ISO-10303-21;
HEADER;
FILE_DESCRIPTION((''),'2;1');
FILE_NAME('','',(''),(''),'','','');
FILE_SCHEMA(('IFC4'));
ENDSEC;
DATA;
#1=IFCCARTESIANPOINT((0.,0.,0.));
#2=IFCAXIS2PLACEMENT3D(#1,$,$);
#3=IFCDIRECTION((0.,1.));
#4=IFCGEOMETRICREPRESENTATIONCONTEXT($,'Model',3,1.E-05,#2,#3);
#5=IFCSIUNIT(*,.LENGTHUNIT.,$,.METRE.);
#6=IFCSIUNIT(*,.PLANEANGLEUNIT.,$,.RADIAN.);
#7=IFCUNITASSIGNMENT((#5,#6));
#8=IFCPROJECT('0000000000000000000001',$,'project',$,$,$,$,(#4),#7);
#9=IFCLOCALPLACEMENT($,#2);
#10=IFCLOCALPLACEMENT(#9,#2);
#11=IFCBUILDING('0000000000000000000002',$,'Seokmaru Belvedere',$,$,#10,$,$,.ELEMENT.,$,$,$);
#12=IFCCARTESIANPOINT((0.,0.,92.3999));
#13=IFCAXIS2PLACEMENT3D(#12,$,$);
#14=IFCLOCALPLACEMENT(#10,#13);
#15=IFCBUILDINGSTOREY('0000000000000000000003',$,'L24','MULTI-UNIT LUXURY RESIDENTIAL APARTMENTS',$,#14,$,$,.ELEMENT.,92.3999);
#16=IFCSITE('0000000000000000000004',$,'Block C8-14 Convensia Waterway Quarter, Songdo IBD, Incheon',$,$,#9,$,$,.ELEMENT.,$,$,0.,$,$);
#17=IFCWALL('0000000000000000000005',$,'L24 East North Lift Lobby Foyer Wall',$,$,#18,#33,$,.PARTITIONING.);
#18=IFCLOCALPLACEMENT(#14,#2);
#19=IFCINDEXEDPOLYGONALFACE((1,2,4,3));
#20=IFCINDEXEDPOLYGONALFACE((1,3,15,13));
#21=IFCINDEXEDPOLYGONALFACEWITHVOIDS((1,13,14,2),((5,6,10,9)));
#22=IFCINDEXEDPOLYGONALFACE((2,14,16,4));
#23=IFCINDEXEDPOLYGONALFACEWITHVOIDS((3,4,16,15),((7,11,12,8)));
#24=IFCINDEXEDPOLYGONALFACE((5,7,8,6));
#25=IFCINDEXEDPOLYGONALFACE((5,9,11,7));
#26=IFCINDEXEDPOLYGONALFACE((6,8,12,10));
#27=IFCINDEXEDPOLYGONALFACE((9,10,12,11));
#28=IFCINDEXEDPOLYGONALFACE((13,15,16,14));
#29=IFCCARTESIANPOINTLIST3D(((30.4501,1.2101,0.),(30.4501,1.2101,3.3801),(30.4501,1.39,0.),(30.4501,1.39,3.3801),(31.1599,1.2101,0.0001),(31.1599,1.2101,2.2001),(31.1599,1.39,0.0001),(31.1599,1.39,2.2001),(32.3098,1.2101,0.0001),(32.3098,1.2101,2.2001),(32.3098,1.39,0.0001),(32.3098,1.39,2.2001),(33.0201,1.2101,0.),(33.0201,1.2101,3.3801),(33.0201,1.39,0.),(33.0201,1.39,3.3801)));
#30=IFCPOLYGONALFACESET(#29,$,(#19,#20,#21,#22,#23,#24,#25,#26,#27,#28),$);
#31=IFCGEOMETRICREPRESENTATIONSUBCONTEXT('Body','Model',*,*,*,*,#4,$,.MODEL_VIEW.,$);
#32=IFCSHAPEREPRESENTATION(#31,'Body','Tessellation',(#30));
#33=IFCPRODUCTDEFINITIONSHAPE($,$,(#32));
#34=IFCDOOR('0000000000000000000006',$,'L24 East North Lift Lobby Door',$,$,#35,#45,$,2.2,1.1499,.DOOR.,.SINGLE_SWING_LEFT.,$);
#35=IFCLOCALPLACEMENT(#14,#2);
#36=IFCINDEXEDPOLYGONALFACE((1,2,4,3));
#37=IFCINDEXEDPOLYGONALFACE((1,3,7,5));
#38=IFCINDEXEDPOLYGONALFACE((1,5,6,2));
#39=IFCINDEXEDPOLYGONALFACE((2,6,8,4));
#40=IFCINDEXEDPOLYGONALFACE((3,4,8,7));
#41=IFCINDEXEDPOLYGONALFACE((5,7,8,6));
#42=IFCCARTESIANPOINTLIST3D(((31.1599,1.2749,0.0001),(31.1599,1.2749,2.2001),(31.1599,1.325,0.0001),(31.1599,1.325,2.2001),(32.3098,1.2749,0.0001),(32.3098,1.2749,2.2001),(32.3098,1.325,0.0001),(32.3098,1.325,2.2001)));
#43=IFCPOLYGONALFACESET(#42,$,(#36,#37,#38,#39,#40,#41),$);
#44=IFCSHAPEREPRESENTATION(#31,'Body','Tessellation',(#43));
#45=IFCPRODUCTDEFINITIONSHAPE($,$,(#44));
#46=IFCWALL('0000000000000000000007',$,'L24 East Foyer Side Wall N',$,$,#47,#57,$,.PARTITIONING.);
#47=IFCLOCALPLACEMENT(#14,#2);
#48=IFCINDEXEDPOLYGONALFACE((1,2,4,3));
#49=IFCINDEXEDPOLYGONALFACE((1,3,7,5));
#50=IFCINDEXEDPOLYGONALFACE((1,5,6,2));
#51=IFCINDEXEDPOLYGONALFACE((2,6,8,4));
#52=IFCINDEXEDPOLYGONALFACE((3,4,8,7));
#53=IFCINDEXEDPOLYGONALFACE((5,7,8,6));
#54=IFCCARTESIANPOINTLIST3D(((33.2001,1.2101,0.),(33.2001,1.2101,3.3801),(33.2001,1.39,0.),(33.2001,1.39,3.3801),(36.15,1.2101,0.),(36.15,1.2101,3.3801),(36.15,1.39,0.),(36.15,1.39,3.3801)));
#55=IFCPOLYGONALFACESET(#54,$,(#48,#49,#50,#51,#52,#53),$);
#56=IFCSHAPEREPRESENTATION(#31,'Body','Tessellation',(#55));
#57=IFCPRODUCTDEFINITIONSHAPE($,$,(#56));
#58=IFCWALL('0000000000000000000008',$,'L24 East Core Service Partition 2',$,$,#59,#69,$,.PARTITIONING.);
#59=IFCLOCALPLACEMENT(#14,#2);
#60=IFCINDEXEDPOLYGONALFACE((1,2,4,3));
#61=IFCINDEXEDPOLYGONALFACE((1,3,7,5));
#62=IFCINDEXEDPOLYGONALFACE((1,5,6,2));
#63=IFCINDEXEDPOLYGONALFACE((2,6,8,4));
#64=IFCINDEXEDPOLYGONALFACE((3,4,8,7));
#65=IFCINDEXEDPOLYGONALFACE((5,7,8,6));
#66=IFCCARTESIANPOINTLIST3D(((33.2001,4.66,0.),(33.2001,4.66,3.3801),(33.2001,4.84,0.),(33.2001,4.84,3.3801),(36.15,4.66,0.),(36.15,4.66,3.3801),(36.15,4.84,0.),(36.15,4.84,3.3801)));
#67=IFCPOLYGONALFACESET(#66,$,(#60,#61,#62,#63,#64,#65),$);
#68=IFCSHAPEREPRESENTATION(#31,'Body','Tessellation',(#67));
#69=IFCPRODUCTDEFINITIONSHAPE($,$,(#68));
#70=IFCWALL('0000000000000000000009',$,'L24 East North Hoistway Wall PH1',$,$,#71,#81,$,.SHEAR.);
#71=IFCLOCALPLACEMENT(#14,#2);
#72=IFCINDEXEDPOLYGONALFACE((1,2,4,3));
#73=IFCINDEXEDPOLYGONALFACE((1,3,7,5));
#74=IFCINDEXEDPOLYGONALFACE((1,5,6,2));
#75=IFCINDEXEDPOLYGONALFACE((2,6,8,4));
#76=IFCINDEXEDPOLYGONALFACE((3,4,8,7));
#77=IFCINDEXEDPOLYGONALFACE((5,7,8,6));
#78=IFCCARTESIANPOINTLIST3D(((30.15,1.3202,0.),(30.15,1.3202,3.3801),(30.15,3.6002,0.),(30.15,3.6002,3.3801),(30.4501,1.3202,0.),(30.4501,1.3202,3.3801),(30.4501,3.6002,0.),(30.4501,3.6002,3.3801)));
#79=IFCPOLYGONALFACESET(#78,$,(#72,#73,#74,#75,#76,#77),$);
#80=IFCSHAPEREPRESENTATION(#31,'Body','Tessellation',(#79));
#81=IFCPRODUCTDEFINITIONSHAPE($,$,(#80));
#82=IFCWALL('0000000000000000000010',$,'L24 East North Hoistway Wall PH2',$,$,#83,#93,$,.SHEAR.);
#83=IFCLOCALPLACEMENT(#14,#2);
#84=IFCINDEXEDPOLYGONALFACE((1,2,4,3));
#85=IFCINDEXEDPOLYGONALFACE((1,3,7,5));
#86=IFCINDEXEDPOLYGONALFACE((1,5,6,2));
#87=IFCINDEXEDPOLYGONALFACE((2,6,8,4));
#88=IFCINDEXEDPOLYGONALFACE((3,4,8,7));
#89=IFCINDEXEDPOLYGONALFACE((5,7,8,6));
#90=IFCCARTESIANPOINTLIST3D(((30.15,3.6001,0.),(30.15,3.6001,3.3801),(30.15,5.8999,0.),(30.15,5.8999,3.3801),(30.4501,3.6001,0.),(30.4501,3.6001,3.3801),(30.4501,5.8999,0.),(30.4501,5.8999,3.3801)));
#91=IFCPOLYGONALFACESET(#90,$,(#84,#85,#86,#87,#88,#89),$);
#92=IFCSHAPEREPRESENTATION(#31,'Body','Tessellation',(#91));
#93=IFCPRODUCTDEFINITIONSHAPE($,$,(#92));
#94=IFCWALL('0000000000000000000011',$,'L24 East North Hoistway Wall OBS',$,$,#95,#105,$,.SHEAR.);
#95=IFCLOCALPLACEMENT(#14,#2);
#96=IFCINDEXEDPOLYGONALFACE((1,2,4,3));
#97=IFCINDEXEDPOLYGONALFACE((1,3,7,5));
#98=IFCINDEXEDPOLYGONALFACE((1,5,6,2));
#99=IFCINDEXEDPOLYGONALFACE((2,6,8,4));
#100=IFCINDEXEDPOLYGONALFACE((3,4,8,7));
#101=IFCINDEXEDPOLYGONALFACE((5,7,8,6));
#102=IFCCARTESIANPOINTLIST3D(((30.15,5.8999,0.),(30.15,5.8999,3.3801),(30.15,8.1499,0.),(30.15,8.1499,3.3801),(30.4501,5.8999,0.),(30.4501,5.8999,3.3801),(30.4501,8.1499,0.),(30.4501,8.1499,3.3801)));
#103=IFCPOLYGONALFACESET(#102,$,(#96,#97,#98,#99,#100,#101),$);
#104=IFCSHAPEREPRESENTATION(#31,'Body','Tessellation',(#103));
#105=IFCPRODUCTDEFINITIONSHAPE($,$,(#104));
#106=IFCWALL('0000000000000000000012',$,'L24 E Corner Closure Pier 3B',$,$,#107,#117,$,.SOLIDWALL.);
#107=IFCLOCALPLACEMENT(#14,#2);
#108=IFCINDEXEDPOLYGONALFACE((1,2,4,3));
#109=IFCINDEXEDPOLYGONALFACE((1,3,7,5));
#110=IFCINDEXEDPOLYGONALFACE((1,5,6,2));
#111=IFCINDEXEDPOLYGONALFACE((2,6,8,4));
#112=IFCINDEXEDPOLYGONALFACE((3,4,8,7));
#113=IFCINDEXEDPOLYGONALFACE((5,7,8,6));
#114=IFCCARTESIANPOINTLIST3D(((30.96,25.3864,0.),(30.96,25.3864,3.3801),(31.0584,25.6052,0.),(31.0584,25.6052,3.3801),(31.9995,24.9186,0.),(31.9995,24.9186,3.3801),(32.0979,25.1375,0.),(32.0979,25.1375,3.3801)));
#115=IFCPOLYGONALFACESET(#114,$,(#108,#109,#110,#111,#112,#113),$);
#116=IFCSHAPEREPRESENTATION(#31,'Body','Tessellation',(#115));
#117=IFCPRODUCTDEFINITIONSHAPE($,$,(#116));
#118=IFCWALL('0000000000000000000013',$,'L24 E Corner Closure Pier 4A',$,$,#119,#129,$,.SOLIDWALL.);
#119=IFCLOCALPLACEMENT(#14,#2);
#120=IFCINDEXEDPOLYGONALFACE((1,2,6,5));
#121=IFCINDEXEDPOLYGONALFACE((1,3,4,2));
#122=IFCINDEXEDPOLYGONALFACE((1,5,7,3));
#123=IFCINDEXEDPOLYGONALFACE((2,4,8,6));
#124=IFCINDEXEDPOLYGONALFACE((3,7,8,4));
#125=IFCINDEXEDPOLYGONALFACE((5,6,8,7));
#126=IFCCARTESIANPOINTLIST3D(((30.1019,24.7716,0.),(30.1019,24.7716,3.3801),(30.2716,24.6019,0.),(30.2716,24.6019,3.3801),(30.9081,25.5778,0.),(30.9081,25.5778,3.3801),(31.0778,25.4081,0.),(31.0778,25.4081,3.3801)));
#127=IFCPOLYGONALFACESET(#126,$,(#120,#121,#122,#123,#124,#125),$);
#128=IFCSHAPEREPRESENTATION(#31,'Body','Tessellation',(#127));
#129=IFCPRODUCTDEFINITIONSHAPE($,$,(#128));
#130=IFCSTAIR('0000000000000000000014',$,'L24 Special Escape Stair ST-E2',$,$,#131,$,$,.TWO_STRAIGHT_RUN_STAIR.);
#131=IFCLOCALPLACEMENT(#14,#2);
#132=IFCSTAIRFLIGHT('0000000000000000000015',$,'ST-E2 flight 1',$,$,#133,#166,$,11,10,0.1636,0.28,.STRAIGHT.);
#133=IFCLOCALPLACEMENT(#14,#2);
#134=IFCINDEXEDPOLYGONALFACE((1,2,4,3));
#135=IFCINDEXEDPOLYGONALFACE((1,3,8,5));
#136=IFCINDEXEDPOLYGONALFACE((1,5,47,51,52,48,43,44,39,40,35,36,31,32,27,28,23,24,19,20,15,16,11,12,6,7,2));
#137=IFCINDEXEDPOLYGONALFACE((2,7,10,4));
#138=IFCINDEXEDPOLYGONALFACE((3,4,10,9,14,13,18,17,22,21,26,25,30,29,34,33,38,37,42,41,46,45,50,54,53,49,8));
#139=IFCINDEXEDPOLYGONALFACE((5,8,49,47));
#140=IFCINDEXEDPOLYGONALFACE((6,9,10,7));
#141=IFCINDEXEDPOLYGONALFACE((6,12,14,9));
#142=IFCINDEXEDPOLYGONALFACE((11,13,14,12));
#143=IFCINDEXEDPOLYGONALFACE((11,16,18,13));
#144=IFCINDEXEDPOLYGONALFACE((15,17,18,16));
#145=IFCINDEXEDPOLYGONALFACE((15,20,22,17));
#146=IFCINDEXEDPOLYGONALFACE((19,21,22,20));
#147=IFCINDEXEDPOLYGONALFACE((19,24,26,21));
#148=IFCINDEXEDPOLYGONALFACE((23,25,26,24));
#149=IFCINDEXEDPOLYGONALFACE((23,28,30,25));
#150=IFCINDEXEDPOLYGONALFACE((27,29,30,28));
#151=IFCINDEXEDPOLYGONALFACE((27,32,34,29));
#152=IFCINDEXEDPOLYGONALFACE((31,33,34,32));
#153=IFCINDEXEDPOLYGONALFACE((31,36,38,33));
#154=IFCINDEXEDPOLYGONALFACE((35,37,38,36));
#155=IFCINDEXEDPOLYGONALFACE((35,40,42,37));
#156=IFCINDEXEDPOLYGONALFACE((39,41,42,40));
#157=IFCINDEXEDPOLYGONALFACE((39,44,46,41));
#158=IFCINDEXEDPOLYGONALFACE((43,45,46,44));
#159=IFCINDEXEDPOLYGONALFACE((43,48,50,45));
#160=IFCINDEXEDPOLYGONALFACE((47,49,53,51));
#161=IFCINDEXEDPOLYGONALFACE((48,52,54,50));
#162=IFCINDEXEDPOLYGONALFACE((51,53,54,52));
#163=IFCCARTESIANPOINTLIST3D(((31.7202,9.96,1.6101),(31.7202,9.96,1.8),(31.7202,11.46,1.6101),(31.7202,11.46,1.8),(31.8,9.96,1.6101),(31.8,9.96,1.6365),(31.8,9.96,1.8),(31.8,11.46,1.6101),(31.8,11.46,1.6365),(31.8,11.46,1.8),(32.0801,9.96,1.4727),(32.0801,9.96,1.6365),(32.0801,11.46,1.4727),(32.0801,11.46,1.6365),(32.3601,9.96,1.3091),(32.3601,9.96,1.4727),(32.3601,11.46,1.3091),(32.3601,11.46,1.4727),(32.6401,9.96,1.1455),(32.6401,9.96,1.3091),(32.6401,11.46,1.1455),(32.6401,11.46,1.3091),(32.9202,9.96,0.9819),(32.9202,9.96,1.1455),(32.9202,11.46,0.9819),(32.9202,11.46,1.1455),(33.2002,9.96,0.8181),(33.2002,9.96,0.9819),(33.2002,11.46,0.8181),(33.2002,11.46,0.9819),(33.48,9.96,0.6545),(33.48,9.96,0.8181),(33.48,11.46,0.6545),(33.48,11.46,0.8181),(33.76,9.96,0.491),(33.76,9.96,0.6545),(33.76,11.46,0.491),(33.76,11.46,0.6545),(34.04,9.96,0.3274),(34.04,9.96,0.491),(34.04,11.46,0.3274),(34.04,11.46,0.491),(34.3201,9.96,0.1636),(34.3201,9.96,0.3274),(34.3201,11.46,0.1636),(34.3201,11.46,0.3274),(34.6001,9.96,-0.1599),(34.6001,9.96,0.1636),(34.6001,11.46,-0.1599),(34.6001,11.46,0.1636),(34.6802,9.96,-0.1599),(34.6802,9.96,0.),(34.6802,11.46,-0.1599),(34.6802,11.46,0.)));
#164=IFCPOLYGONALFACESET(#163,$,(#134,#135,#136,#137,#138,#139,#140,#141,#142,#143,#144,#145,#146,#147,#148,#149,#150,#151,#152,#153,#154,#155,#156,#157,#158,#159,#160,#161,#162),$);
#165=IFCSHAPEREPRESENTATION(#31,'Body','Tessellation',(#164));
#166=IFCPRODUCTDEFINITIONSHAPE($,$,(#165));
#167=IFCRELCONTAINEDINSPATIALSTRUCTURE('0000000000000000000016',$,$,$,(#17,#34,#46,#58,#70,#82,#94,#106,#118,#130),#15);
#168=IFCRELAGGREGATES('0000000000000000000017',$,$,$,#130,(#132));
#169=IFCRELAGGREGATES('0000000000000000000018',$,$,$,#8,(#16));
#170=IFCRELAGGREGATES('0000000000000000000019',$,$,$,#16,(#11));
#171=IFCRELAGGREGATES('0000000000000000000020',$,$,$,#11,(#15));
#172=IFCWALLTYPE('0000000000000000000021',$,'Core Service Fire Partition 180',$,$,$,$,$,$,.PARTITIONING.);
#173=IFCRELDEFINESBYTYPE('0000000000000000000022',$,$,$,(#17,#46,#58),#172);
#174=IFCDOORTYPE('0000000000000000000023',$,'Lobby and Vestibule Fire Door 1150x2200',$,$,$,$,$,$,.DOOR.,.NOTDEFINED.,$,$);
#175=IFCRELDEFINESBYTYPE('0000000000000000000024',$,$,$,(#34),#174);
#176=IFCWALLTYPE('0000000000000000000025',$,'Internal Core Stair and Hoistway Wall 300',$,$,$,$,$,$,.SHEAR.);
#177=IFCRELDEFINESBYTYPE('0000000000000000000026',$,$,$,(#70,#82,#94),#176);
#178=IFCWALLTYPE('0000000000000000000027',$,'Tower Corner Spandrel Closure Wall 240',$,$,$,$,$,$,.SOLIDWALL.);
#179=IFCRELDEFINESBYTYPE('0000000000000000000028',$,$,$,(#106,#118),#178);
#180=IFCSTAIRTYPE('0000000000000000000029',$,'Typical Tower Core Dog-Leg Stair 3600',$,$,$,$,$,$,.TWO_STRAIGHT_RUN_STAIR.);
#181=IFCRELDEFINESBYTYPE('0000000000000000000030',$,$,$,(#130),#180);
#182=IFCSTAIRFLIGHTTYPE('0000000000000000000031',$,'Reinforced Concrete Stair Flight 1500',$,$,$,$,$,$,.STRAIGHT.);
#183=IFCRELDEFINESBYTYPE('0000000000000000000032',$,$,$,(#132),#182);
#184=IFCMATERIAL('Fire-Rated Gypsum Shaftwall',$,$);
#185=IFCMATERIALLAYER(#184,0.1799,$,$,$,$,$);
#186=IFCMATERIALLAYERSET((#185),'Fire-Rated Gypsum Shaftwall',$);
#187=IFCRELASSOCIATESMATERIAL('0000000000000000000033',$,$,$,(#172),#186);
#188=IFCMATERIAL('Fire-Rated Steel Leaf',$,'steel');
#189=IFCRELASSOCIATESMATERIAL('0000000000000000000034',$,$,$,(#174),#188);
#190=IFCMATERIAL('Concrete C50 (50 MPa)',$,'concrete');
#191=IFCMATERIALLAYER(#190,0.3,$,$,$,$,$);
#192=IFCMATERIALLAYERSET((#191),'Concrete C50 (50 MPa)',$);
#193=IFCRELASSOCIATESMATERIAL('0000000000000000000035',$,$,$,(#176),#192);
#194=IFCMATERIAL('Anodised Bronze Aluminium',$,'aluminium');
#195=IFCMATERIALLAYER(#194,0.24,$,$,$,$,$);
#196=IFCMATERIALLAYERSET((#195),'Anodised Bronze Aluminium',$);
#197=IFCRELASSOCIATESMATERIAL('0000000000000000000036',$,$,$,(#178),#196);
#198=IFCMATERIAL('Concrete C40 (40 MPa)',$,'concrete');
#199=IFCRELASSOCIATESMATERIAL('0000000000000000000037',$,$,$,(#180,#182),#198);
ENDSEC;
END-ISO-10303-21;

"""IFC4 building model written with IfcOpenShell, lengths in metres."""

from ifc_helpers import new_model, si_unit, direction, frame, frame_2d, origin, place, context, subcontext, project, spatial, polyline, rectangle, outline, extrude, source, transform, mapped, material, layer, layer_set, type_object, type_shapes, element, fill, aggregate, save


model = new_model("IFC4")

# Units and contexts
model_context = context("Model", 3, precision=1e-05, world=origin(), true_north=direction((0.0, 1.0)))
body_context = subcontext(model_context, "Body", "Model", "MODEL_VIEW")
ifc_project = project(units=[si_unit("LENGTHUNIT", "METRE"), si_unit("PLANEANGLEUNIT", "RADIAN")], contexts=[model_context])

# Site, building, storey
site_placement = place(None, origin())
site = spatial("IfcSite", under=ifc_project, at=site_placement, Name="Block C8-14 Convensia Waterway Quarter, Songdo IBD, Incheon", CompositionType="ELEMENT", RefElevation=0.0)
building_placement = place(site_placement, origin())
building = spatial("IfcBuilding", under=site, at=building_placement, Name="Seokmaru Belvedere", CompositionType="ELEMENT")
storey_placement = place(building_placement, frame((0.0, 0.0, 92.3999)))
storey = spatial("IfcBuildingStorey", under=building, at=storey_placement, Name="L24", Description="MULTI-UNIT LUXURY RESIDENTIAL APARTMENTS", CompositionType="ELEMENT", Elevation=92.3999)

# Shared definitions
ifc_material_1 = material(Name="Anodised Bronze Aluminium", Category="aluminium")

# Shared definitions
ifc_material_2 = material(Name="Fire-Rated Gypsum Shaftwall")
ifc_layer_1 = layer(ifc_material_2, 0.1799)
ifc_layer_set_1 = layer_set([ifc_layer_1], Name="Fire-Rated Gypsum Shaftwall")
wall_type_1 = type_object("IfcWallType", Name="Core Service Fire Partition 180", PredefinedType="PARTITIONING", material=ifc_layer_set_1)

# Wall, opening, door
wall_1_placement = place(storey_placement, frame((30.45, 1.3, 0.0), z_axis=(0.0, 0.0, 1.0), x_axis=(1.0, 0.0, 0.0)))
wall_1 = element("IfcWall", 1, at=wall_1_placement, inside=storey, type_object=wall_type_1, Name="L24 East North Lift Lobby Foyer Wall", PredefinedType="PARTITIONING", context=body_context, shape_type="SweptSolid", body=[
    extrude(rectangle(XDim=2.5701, YDim=0.1799, at=frame_2d((1.2852, 0.0))), origin(), (0.0, 0.0, 1.0), 3.3801),
])
opening_1_placement = place(wall_1_placement, frame((0.71, 0.0, 0.0)))
opening_1 = element("IfcOpeningElement", 2, at=opening_1_placement, cuts=wall_1, PredefinedType="OPENING", context=body_context, shape_type="SweptSolid", body=[
    extrude(rectangle(XDim=1.1499, YDim=2.2, at=frame_2d((0.575, 1.1001))), frame((0.0, 0.1001, 0.0), z_axis=(0.0, -1.0, 0.0), x_axis=(1.0, 0.0, 0.0)), (0.0, 0.0, 1.0), 0.2),
])
ifc_material_3 = material(Name="Fire-Rated Steel Leaf", Category="steel")
door_type_1 = type_object("IfcDoorType", Name="Lobby and Vestibule Fire Door 1150x2200", OperationType="NOTDEFINED", PredefinedType="DOOR", material=ifc_material_3)
shared_shape_1 = source(origin(), body_context, "Body", "SweptSolid", [
    extrude(rectangle(XDim=1.1499, YDim=2.2, at=frame_2d((0.575, 1.1001))), frame((0.0, 0.0249, 0.0), z_axis=(0.0, -1.0, 0.0), x_axis=(1.0, 0.0, 0.0)), (0.0, 0.0, 1.0), 0.05),
])
type_shapes(door_type_1, [shared_shape_1])
door_1_placement = place(opening_1_placement, origin())
door_1 = element("IfcDoor", 3, at=door_1_placement, inside=storey, type_object=door_type_1, Name="L24 East North Lift Lobby Door", OperationType="SINGLE_SWING_LEFT", OverallHeight=2.2, OverallWidth=1.1499, PredefinedType="DOOR", context=body_context, shape_type="MappedRepresentation", body=[
    mapped(shared_shape_1, transform((0.0, 0.0, 0.0), scale=1.0)),
])
fill(opening_1, door_1)

# Walls
for number, where, z_axis, x_axis, name in (
    (4, (33.2, 1.3, 0.0), (0.0, 0.0, 1.0), (1.0, 0.0, 0.0), "L24 East Foyer Side Wall N"),
    (5, (33.2, 4.75, 0.0), (0.0, 0.0, 1.0), (1.0, 0.0, 0.0), "L24 East Core Service Partition 2"),
):
    element("IfcWall", number, at=place(storey_placement, frame(where, z_axis=z_axis, x_axis=x_axis)), inside=storey, type_object=wall_type_1, Name=name, PredefinedType="PARTITIONING", context=body_context, shape_type="SweptSolid", body=[
        extrude(rectangle(XDim=2.95, YDim=0.1799, at=frame_2d((1.4751, 0.0))), origin(), (0.0, 0.0, 1.0), 3.3801),
    ])
ifc_material_4 = material(Name="Concrete C50 (50 MPa)", Category="concrete")
ifc_layer_2 = layer(ifc_material_4, 0.3)
ifc_layer_set_2 = layer_set([ifc_layer_2], Name="Concrete C50 (50 MPa)")
wall_type_2 = type_object("IfcWallType", Name="Internal Core Stair and Hoistway Wall 300", PredefinedType="SHEAR", material=ifc_layer_set_2)
wall_2_placement = place(storey_placement, frame((30.3, 1.3201, 0.0), z_axis=(0.0, 0.0, 1.0), x_axis=(0.0, 1.0, 0.0)))
element("IfcWall", 6, at=wall_2_placement, inside=storey, type_object=wall_type_2, Name="L24 East North Hoistway Wall PH1", PredefinedType="SHEAR", context=body_context, shape_type="SweptSolid", body=[
    extrude(rectangle(XDim=2.28, YDim=0.3, at=frame_2d((1.1401, 0.0))), origin(), (0.0, 0.0, 1.0), 3.3801),
])
wall_3_placement = place(storey_placement, frame((30.3, 3.6001, 0.0), z_axis=(0.0, 0.0, 1.0), x_axis=(0.0, 1.0, 0.0)))
element("IfcWall", 7, at=wall_3_placement, inside=storey, type_object=wall_type_2, Name="L24 East North Hoistway Wall PH2", PredefinedType="SHEAR", context=body_context, shape_type="SweptSolid", body=[
    extrude(rectangle(XDim=2.2998, YDim=0.3, at=frame_2d((1.1499, 0.0))), origin(), (0.0, 0.0, 1.0), 3.3801),
])
wall_4_placement = place(storey_placement, frame((30.3, 5.8999, 0.0), z_axis=(0.0, 0.0, 1.0), x_axis=(0.0, 1.0, 0.0)))
element("IfcWall", 8, at=wall_4_placement, inside=storey, type_object=wall_type_2, Name="L24 East North Hoistway Wall OBS", PredefinedType="SHEAR", context=body_context, shape_type="SweptSolid", body=[
    extrude(rectangle(XDim=2.25, YDim=0.3, at=frame_2d((1.125, 0.0))), origin(), (0.0, 0.0, 1.0), 3.3801),
])

# Walls
ifc_layer_3 = layer(ifc_material_1, 0.24)
ifc_layer_set_3 = layer_set([ifc_layer_3], Name="Anodised Bronze Aluminium")
wall_type_3 = type_object("IfcWallType", Name="Tower Corner Spandrel Closure Wall 240", PredefinedType="SOLIDWALL", material=ifc_layer_set_3)
wall_5_placement = place(storey_placement, frame((32.0486, 25.0281, 0.0), z_axis=(0.0, 0.0, 1.0), x_axis=(-0.91193, 0.410347, 0.0)))
element("IfcWall", 9, at=wall_5_placement, inside=storey, type_object=wall_type_3, Name="L24 E Corner Closure Pier 3B", PredefinedType="SOLIDWALL", context=body_context, shape_type="SweptSolid", body=[
    extrude(rectangle(XDim=1.1399, YDim=0.24, at=frame_2d((0.5698, 0.0))), origin(), (0.0, 0.0, 1.0), 3.3801),
])
wall_6_placement = place(storey_placement, frame((30.9929, 25.4929, 0.0), z_axis=(0.0, 0.0, 1.0), x_axis=(-0.707107, -0.707107, 0.0)))
element("IfcWall", 10, at=wall_6_placement, inside=storey, type_object=wall_type_3, Name="L24 E Corner Closure Pier 4A", PredefinedType="SOLIDWALL", context=body_context, shape_type="SweptSolid", body=[
    extrude(rectangle(XDim=1.1401, YDim=0.24, at=frame_2d((0.5701, 0.0))), origin(), (0.0, 0.0, 1.0), 3.3801),
])

# Stair, stair flight
ifc_material_5 = material(Name="Concrete C40 (40 MPa)", Category="concrete")
stair_type = type_object("IfcStairType", Name="Typical Tower Core Dog-Leg Stair 3600", PredefinedType="TWO_STRAIGHT_RUN_STAIR", material=ifc_material_5)
stair_placement = place(storey_placement, origin())
stair = element("IfcStair", 11, at=stair_placement, inside=storey, type_object=stair_type, Name="L24 Special Escape Stair ST-E2", PredefinedType="TWO_STRAIGHT_RUN_STAIR")
stair_flight_type = type_object("IfcStairFlightType", Name="Reinforced Concrete Stair Flight 1500", PredefinedType="STRAIGHT", material=ifc_material_5)
stair_flight_1_placement = place(storey_placement, frame((34.6001, 10.71, 0.0), z_axis=(0.0, 0.0, 1.0), x_axis=(-1.0, 0.0, 0.0)))
stair_flight_1 = element("IfcStairFlight", 12, at=stair_flight_1_placement, type_object=stair_flight_type, Name="ST-E2 flight 1", NumberOfRisers=11, NumberOfTreads=10, PredefinedType="STRAIGHT", RiserHeight=0.1636, TreadLength=0.28, context=body_context, shape_type="SweptSolid", body=[
    extrude(outline(polyline([(-0.0801, 0.0), (0.0, 0.1636), (0.28, 0.1636), (0.28, 0.3274), (0.5601, 0.3274), (0.5601, 0.491), (0.8401, 0.491), (0.8401, 0.6545), (1.1201, 0.6545), (1.1201, 0.8181), (1.3999, 0.8181), (1.3999, 0.9819), (1.6799, 0.9819), (1.6799, 1.1455), (1.96, 1.1455), (1.96, 1.3091), (2.24, 1.3091), (2.24, 1.4727), (2.52, 1.4727), (2.52, 1.6365), (2.8, 1.6365), (2.8, 1.8), (2.8799, 1.8), (2.8799, 1.6101), (2.8, 1.6101), (0.0, -0.1599), (-0.0801, -0.1599), (-0.0801, 0.0)])), frame((0.0, 0.75, 0.0), z_axis=(0.0, -1.0, 0.0), x_axis=(1.0, 0.0, 0.0)), (0.0, 0.0, 1.0), 1.5),
])
aggregate(stair, [stair_flight_1])

save(model, "model.ifc")
